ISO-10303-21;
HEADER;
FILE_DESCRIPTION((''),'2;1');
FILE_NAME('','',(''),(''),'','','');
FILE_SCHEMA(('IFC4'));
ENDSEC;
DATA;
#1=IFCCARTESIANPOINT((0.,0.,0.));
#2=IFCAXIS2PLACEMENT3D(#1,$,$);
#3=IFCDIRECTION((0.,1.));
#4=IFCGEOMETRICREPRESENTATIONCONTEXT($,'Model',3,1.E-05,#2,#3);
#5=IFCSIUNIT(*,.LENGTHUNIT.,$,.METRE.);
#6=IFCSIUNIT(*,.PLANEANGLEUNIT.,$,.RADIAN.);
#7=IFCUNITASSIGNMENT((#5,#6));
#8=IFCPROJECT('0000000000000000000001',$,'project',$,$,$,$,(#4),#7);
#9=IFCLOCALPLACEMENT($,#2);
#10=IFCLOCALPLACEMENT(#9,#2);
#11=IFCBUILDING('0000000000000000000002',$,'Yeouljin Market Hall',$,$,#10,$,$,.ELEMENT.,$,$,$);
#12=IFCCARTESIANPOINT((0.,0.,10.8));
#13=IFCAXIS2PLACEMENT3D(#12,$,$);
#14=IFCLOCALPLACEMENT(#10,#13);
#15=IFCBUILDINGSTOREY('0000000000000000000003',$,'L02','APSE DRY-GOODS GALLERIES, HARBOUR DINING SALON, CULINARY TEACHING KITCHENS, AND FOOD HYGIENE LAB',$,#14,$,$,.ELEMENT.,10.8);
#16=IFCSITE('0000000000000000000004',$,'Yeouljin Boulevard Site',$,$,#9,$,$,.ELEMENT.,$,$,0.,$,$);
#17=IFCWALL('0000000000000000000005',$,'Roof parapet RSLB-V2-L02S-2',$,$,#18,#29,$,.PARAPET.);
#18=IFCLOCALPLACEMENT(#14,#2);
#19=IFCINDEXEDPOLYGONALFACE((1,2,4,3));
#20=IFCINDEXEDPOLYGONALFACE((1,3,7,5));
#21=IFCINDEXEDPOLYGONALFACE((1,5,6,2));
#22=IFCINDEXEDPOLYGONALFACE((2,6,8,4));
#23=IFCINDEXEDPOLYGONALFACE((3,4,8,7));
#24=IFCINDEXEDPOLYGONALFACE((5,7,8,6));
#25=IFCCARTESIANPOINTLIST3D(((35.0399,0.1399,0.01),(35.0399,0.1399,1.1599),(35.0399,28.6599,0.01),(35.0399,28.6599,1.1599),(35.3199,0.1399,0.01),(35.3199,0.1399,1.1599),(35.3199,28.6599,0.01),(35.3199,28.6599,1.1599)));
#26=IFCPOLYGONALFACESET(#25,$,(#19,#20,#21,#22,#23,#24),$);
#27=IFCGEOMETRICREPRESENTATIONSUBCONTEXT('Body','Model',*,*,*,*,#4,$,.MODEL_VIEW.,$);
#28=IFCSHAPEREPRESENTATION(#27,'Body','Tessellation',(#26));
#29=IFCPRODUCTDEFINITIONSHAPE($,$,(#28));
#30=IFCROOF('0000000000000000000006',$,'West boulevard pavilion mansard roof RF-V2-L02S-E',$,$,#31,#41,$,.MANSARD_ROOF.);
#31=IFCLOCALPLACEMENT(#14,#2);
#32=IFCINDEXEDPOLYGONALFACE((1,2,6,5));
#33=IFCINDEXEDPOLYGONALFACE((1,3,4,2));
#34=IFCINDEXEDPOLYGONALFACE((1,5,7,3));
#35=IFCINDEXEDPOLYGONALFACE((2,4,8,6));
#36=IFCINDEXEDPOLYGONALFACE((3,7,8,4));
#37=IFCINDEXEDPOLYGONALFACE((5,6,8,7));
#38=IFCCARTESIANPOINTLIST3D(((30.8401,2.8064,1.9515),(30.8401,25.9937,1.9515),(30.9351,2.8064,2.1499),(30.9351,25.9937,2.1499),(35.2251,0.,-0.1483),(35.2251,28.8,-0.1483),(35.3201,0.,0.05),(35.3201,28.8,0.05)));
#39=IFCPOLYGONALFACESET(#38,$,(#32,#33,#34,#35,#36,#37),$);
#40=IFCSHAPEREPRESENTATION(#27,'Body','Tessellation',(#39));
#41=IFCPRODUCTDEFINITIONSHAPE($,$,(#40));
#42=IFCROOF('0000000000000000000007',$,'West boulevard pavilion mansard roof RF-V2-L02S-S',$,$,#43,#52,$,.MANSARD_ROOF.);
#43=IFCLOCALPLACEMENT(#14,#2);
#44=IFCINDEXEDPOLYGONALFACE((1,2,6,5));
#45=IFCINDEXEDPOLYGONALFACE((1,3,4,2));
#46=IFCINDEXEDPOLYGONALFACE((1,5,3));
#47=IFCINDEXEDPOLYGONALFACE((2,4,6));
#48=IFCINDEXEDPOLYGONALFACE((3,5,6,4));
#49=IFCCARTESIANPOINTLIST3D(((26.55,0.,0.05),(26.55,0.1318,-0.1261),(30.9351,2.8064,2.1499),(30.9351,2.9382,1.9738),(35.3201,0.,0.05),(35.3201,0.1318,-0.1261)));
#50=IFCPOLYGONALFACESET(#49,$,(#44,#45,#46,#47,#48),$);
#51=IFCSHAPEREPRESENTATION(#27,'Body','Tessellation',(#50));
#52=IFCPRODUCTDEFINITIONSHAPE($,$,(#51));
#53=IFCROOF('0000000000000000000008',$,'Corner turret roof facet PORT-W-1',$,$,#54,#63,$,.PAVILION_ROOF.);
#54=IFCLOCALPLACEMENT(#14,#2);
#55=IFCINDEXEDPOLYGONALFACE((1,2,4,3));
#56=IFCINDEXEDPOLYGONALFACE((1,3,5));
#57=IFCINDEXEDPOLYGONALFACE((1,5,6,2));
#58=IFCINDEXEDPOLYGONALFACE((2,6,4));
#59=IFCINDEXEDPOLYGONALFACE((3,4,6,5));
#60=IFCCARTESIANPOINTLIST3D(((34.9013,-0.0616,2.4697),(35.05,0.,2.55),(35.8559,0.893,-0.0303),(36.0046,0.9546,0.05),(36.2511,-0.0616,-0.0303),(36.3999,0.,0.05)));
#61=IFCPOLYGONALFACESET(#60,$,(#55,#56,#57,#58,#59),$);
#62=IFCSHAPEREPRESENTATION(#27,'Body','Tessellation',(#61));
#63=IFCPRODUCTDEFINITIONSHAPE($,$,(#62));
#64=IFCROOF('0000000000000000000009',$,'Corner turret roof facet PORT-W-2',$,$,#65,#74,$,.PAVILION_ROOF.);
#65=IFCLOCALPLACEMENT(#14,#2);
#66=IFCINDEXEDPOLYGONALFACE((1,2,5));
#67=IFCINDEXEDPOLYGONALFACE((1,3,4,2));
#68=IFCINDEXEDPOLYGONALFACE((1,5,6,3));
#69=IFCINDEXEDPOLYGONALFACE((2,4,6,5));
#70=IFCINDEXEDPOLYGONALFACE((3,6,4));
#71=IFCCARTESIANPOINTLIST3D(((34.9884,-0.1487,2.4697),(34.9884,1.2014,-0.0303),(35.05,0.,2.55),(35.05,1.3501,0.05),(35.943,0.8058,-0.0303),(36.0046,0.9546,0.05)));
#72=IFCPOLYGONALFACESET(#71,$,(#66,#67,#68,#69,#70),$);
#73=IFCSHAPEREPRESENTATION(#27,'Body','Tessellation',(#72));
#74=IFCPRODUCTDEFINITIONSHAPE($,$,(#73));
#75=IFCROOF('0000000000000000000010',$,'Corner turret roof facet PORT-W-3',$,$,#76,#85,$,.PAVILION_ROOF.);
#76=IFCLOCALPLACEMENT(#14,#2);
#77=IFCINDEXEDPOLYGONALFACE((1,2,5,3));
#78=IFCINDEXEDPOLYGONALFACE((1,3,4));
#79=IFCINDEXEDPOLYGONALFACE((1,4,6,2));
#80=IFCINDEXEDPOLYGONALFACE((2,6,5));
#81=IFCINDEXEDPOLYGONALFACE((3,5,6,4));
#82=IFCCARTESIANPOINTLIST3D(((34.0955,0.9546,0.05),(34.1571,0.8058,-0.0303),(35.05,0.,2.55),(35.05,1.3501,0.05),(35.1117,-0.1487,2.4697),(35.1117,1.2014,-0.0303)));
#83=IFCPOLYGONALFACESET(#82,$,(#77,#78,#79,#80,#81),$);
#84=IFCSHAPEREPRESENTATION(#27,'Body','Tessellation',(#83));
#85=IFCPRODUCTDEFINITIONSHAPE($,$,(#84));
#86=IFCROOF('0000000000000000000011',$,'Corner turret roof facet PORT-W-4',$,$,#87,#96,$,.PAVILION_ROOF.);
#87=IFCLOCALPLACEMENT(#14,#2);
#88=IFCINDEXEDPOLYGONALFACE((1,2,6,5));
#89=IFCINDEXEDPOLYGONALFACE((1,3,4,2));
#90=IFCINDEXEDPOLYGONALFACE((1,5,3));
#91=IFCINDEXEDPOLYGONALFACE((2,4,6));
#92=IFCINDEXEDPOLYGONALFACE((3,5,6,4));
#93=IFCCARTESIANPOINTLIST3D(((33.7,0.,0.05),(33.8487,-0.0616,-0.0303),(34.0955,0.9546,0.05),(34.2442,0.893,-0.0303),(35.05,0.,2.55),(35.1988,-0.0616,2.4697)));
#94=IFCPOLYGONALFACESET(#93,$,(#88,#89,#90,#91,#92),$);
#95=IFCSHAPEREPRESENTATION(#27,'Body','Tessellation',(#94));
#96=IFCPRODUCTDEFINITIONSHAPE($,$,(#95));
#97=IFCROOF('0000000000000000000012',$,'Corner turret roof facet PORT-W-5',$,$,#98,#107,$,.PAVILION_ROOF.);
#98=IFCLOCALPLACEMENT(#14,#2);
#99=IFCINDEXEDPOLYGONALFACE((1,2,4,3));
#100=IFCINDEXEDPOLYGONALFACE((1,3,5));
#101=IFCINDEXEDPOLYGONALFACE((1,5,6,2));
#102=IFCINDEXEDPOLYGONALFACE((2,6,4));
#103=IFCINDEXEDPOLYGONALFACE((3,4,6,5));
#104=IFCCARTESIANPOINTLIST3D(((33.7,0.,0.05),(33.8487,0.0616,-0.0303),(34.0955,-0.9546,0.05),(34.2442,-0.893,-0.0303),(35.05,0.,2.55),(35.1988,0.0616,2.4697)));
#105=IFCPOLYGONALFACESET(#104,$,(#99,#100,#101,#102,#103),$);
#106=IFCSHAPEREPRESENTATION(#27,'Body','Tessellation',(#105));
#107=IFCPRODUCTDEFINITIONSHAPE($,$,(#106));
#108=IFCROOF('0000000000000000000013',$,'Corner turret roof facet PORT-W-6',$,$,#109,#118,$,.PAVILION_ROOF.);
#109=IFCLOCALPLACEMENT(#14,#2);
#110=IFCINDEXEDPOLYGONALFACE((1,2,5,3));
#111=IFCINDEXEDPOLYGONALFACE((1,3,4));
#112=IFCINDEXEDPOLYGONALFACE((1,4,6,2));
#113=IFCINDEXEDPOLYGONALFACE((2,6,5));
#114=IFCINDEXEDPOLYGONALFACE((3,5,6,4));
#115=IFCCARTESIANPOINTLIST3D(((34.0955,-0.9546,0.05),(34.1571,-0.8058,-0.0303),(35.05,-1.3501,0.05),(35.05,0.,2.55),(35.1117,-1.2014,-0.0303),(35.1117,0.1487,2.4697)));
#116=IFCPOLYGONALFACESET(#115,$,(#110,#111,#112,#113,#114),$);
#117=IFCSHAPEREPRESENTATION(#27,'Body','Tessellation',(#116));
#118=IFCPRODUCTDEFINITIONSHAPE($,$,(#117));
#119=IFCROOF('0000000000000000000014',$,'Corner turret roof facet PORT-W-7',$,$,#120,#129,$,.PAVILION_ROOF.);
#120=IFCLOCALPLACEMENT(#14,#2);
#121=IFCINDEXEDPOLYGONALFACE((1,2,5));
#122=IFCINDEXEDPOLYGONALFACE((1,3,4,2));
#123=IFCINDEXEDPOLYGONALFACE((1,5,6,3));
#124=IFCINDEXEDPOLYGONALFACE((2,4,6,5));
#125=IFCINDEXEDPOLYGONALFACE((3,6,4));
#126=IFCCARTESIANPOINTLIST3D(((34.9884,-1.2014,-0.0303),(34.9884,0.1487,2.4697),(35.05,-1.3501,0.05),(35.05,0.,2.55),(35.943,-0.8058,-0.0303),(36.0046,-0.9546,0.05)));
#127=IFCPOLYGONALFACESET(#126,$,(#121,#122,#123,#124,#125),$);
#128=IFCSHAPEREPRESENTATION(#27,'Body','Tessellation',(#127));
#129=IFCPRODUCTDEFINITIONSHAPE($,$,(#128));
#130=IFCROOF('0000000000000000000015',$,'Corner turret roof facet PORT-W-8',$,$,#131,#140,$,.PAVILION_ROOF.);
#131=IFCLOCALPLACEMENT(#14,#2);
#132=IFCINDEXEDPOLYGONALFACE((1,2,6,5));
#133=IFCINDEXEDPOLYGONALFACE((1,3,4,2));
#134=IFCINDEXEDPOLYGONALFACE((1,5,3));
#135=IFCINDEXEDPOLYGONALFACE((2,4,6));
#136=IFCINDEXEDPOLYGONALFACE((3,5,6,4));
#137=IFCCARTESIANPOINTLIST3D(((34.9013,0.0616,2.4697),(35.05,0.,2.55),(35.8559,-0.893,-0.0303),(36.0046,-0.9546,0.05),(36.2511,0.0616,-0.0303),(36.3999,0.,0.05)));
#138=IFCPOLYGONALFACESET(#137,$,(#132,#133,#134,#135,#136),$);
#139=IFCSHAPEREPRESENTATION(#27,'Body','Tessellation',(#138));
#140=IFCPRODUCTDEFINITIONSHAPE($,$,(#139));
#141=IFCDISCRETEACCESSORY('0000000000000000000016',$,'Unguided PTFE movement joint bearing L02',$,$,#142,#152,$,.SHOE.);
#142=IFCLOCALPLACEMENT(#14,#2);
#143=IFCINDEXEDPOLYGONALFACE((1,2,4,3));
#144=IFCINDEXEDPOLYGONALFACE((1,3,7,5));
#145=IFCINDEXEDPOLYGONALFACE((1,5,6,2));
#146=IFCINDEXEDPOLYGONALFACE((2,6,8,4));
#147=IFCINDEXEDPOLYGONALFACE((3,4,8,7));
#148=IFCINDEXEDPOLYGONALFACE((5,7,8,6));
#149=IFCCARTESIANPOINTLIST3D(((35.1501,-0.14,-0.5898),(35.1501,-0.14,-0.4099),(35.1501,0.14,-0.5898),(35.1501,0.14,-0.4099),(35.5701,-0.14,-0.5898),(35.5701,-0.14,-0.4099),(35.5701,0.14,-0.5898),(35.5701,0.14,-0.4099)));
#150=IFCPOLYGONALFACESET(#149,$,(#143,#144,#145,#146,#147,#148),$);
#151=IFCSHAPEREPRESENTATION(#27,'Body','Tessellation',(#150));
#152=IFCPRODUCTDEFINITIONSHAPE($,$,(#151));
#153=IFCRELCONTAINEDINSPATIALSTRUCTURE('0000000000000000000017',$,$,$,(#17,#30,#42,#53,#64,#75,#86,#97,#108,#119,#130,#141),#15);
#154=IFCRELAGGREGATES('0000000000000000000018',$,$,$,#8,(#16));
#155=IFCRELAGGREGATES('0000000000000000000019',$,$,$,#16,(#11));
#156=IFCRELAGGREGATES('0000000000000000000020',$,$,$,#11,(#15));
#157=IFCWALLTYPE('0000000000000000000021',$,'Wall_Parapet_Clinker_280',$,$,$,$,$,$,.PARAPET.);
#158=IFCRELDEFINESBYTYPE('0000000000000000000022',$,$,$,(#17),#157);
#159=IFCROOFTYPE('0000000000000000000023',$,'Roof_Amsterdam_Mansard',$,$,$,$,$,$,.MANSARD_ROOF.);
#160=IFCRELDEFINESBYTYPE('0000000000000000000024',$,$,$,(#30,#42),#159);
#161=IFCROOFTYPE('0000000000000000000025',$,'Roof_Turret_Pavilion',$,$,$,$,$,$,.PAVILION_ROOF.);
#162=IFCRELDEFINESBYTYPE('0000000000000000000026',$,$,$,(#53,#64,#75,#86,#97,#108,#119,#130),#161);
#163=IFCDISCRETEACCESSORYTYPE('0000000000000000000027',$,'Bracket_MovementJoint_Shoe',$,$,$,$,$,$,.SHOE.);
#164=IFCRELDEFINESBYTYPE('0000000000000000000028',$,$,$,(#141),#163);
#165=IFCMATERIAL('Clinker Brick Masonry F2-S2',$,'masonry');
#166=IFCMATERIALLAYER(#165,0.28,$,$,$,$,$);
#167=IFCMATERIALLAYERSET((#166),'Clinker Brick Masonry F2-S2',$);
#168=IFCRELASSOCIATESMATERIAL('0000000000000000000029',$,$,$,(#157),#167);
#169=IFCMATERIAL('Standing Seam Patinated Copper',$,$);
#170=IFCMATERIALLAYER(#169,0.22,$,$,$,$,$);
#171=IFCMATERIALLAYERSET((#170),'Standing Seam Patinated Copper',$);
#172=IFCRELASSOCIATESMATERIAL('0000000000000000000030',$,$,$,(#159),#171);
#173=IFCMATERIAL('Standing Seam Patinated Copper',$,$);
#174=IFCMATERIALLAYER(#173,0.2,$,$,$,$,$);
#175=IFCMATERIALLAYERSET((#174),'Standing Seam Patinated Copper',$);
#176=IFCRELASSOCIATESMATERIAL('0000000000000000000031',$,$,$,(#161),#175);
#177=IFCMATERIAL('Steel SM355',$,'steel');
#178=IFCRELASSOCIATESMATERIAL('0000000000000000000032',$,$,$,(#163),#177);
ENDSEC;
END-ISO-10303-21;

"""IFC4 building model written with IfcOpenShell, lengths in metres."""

from ifc_helpers import new_model, si_unit, direction, frame, frame_2d, origin, origin_2d, place, context, subcontext, project, spatial, polyline, rectangle, outline, extrude, material, layer, layer_set, type_object, element, save


model = new_model("IFC4")

# Units and contexts
model_context = context("Model", 3, precision=1e-05, world=origin(), true_north=direction((0.0, 1.0)))
body_context = subcontext(model_context, "Body", "Model", "MODEL_VIEW")
ifc_project = project(units=[si_unit("LENGTHUNIT", "METRE"), si_unit("PLANEANGLEUNIT", "RADIAN")], contexts=[model_context])

# Site, building, storey
site_placement = place(None, origin())
site = spatial("IfcSite", under=ifc_project, at=site_placement, Name="Yeouljin Boulevard Site", CompositionType="ELEMENT", RefElevation=0.0)
building_placement = place(site_placement, origin())
building = spatial("IfcBuilding", under=site, at=building_placement, Name="Yeouljin Market Hall", CompositionType="ELEMENT")
storey_placement = place(building_placement, frame((0.0, 0.0, 10.8)))
storey = spatial("IfcBuildingStorey", under=building, at=storey_placement, Name="L02", Description="APSE DRY-GOODS GALLERIES, HARBOUR DINING SALON, CULINARY TEACHING KITCHENS, AND FOOD HYGIENE LAB", CompositionType="ELEMENT", Elevation=10.8)

# Wall
ifc_material_1 = material(Name="Clinker Brick Masonry F2-S2", Category="masonry")
ifc_layer_1 = layer(ifc_material_1, 0.28)
ifc_layer_set_1 = layer_set([ifc_layer_1], Name="Clinker Brick Masonry F2-S2")
wall_type_1 = type_object("IfcWallType", Name="Wall_Parapet_Clinker_280", PredefinedType="PARAPET", material=ifc_layer_set_1)
wall_1_placement = place(storey_placement, frame((35.1799, 0.1399, 0.01), z_axis=(0.0, 0.0, 1.0), x_axis=(0.0, 1.0, 0.0)))
element("IfcWall", 1, at=wall_1_placement, inside=storey, type_object=wall_type_1, Name="Roof parapet RSLB-V2-L02S-2", PredefinedType="PARAPET", context=body_context, shape_type="SweptSolid", body=[
    extrude(rectangle(XDim=28.52, YDim=0.28, at=frame_2d((14.26, 0.0))), origin(), (0.0, 0.0, 1.0), 1.1499),
])

# Roofs
ifc_material_2 = material(Name="Standing Seam Patinated Copper")
ifc_layer_2 = layer(ifc_material_2, 0.22)
ifc_layer_set_2 = layer_set([ifc_layer_2], Name="Standing Seam Patinated Copper")
roof_type_1 = type_object("IfcRoofType", Name="Roof_Amsterdam_Mansard", PredefinedType="MANSARD_ROOF", material=ifc_layer_set_2)
roof_1_placement = place(storey_placement, frame((35.3201, 0.0, 0.05), z_axis=(0.431903, 0.0, 0.90192), x_axis=(0.0, 1.0, 0.0)))
element("IfcRoof", 2, at=roof_1_placement, inside=storey, type_object=roof_type_1, Name="West boulevard pavilion mansard roof RF-V2-L02S-E", PredefinedType="MANSARD_ROOF", context=body_context, shape_type="SweptSolid", body=[
    extrude(outline(polyline([(0.0, 0.0), (28.8, 0.0), (25.9937, 4.8619), (2.8064, 4.8619), (0.0, 0.0)])), origin(), (0.0, 0.0, -1.0), 0.22),
])
roof_2_placement = place(storey_placement, frame((26.55, 0.0, 0.05), z_axis=(0.0, -0.599097, 0.800677), x_axis=(1.0, 0.0, 0.0)))
element("IfcRoof", 3, at=roof_2_placement, inside=storey, type_object=roof_type_1, Name="West boulevard pavilion mansard roof RF-V2-L02S-S", PredefinedType="MANSARD_ROOF", context=body_context, shape_type="SweptSolid", body=[
    extrude(outline(polyline([(0.0, 0.0), (8.77, 0.0), (4.385, 3.505), (0.0, 0.0)])), origin(), (0.0, 0.0, -1.0), 0.22),
])
ifc_material_3 = material(Name="Standing Seam Patinated Copper")
ifc_layer_3 = layer(ifc_material_3, 0.2)
ifc_layer_set_3 = layer_set([ifc_layer_3], Name="Standing Seam Patinated Copper")
roof_type_2 = type_object("IfcRoofType", Name="Roof_Turret_Pavilion", PredefinedType="PAVILION_ROOF", material=ifc_layer_set_3)
roof_3_placement = place(storey_placement, frame((35.05, 0.0, 2.55), z_axis=(0.82676, 0.342334, 0.446402), x_axis=(0.475109, 0.0, -0.879927)))
element("IfcRoof", 4, at=roof_3_placement, inside=storey, type_object=roof_type_2, Name="Corner turret roof facet PORT-W-1", PredefinedType="PAVILION_ROOF", context=body_context, shape_type="SweptSolid", body=[
    extrude(outline(polyline([(0.0, 0.0), (2.8411, 0.0), (2.6534, 1.016), (0.0, 0.0)])), origin(), (0.0, 0.0, -1.0), 0.1799),
])
roof_4_placement = place(storey_placement, frame((35.05, 0.0, 2.55), z_axis=(0.342508, 0.826671, 0.446434), x_axis=(0.33598, 0.33598, -0.879906)))
element("IfcRoof", 5, at=roof_4_placement, inside=storey, type_object=roof_type_2, Name="Corner turret roof facet PORT-W-2", PredefinedType="PAVILION_ROOF", context=body_context, shape_type="SweptSolid", body=[
    extrude(outline(polyline([(0.0, 0.0), (2.8412, 0.0), (2.6534, 1.0161), (0.0, 0.0)])), origin(), (0.0, 0.0, -1.0), 0.1799),
])
roof_5_placement = place(storey_placement, frame((35.05, 0.0, 2.55), z_axis=(-0.342508, 0.826671, 0.446434), x_axis=(0.0, 0.475176, -0.879891)))
element("IfcRoof", 6, at=roof_5_placement, inside=storey, type_object=roof_type_2, Name="Corner turret roof facet PORT-W-3", PredefinedType="PAVILION_ROOF", context=body_context, shape_type="SweptSolid", body=[
    extrude(outline(polyline([(0.0, 0.0), (2.8413, 0.0), (2.6533, 1.016), (0.0, 0.0)])), origin(), (0.0, 0.0, -1.0), 0.1799),
])
roof_6_placement = place(storey_placement, frame((35.05, 0.0, 2.55), z_axis=(-0.826671, 0.342508, 0.446434), x_axis=(-0.33598, 0.33598, -0.879906)))
element("IfcRoof", 7, at=roof_6_placement, inside=storey, type_object=roof_type_2, Name="Corner turret roof facet PORT-W-4", PredefinedType="PAVILION_ROOF", context=body_context, shape_type="SweptSolid", body=[
    extrude(outline(polyline([(0.0, 0.0), (2.8412, 0.0), (2.6534, 1.0161), (0.0, 0.0)])), origin(), (0.0, 0.0, -1.0), 0.1799),
])
roof_7_placement = place(storey_placement, frame((35.05, 0.0, 2.55), z_axis=(-0.826671, -0.342508, 0.446434), x_axis=(-0.475176, 0.0, -0.879891)))
element("IfcRoof", 8, at=roof_7_placement, inside=storey, type_object=roof_type_2, Name="Corner turret roof facet PORT-W-5", PredefinedType="PAVILION_ROOF", context=body_context, shape_type="SweptSolid", body=[
    extrude(outline(polyline([(0.0, 0.0), (2.8413, 0.0), (2.6533, 1.016), (0.0, 0.0)])), origin(), (0.0, 0.0, -1.0), 0.1799),
])
roof_8_placement = place(storey_placement, frame((35.05, 0.0, 2.55), z_axis=(-0.342508, -0.826671, 0.446434), x_axis=(-0.33598, -0.33598, -0.879906)))
element("IfcRoof", 9, at=roof_8_placement, inside=storey, type_object=roof_type_2, Name="Corner turret roof facet PORT-W-6", PredefinedType="PAVILION_ROOF", context=body_context, shape_type="SweptSolid", body=[
    extrude(outline(polyline([(0.0, 0.0), (2.8412, 0.0), (2.6534, 1.0161), (0.0, 0.0)])), origin(), (0.0, 0.0, -1.0), 0.1799),
])
roof_9_placement = place(storey_placement, frame((35.05, 0.0, 2.55), z_axis=(0.342508, -0.826671, 0.446434), x_axis=(0.0, -0.475176, -0.879891)))
element("IfcRoof", 10, at=roof_9_placement, inside=storey, type_object=roof_type_2, Name="Corner turret roof facet PORT-W-7", PredefinedType="PAVILION_ROOF", context=body_context, shape_type="SweptSolid", body=[
    extrude(outline(polyline([(0.0, 0.0), (2.8413, 0.0), (2.6533, 1.016), (0.0, 0.0)])), origin(), (0.0, 0.0, -1.0), 0.1799),
])
roof_10_placement = place(storey_placement, frame((35.05, 0.0, 2.55), z_axis=(0.82676, -0.342334, 0.446402), x_axis=(0.33598, -0.33598, -0.879906)))
element("IfcRoof", 11, at=roof_10_placement, inside=storey, type_object=roof_type_2, Name="Corner turret roof facet PORT-W-8", PredefinedType="PAVILION_ROOF", context=body_context, shape_type="SweptSolid", body=[
    extrude(outline(polyline([(0.0, 0.0), (2.8412, 0.0), (2.6533, 1.016), (0.0, 0.0)])), origin(), (0.0, 0.0, -1.0), 0.1799),
])

# Discrete accessory
ifc_material_4 = material(Name="Steel SM355", Category="steel")
discrete_accessory_type = type_object("IfcDiscreteAccessoryType", Name="Bracket_MovementJoint_Shoe", PredefinedType="SHOE", material=ifc_material_4)
discrete_accessory_placement = place(storey_placement, frame((35.3601, 0.0, -0.5898), z_axis=(0.0, 0.0, 1.0), x_axis=(1.0, 0.0, 0.0)))
element("IfcDiscreteAccessory", 12, at=discrete_accessory_placement, inside=storey, type_object=discrete_accessory_type, Name="Unguided PTFE movement joint bearing L02", PredefinedType="SHOE", context=body_context, shape_type="SweptSolid", body=[
    extrude(rectangle(XDim=0.4199, YDim=0.28, at=origin_2d()), origin(), (0.0, 0.0, 1.0), 0.1799),
])

save(model, "model.ifc")
